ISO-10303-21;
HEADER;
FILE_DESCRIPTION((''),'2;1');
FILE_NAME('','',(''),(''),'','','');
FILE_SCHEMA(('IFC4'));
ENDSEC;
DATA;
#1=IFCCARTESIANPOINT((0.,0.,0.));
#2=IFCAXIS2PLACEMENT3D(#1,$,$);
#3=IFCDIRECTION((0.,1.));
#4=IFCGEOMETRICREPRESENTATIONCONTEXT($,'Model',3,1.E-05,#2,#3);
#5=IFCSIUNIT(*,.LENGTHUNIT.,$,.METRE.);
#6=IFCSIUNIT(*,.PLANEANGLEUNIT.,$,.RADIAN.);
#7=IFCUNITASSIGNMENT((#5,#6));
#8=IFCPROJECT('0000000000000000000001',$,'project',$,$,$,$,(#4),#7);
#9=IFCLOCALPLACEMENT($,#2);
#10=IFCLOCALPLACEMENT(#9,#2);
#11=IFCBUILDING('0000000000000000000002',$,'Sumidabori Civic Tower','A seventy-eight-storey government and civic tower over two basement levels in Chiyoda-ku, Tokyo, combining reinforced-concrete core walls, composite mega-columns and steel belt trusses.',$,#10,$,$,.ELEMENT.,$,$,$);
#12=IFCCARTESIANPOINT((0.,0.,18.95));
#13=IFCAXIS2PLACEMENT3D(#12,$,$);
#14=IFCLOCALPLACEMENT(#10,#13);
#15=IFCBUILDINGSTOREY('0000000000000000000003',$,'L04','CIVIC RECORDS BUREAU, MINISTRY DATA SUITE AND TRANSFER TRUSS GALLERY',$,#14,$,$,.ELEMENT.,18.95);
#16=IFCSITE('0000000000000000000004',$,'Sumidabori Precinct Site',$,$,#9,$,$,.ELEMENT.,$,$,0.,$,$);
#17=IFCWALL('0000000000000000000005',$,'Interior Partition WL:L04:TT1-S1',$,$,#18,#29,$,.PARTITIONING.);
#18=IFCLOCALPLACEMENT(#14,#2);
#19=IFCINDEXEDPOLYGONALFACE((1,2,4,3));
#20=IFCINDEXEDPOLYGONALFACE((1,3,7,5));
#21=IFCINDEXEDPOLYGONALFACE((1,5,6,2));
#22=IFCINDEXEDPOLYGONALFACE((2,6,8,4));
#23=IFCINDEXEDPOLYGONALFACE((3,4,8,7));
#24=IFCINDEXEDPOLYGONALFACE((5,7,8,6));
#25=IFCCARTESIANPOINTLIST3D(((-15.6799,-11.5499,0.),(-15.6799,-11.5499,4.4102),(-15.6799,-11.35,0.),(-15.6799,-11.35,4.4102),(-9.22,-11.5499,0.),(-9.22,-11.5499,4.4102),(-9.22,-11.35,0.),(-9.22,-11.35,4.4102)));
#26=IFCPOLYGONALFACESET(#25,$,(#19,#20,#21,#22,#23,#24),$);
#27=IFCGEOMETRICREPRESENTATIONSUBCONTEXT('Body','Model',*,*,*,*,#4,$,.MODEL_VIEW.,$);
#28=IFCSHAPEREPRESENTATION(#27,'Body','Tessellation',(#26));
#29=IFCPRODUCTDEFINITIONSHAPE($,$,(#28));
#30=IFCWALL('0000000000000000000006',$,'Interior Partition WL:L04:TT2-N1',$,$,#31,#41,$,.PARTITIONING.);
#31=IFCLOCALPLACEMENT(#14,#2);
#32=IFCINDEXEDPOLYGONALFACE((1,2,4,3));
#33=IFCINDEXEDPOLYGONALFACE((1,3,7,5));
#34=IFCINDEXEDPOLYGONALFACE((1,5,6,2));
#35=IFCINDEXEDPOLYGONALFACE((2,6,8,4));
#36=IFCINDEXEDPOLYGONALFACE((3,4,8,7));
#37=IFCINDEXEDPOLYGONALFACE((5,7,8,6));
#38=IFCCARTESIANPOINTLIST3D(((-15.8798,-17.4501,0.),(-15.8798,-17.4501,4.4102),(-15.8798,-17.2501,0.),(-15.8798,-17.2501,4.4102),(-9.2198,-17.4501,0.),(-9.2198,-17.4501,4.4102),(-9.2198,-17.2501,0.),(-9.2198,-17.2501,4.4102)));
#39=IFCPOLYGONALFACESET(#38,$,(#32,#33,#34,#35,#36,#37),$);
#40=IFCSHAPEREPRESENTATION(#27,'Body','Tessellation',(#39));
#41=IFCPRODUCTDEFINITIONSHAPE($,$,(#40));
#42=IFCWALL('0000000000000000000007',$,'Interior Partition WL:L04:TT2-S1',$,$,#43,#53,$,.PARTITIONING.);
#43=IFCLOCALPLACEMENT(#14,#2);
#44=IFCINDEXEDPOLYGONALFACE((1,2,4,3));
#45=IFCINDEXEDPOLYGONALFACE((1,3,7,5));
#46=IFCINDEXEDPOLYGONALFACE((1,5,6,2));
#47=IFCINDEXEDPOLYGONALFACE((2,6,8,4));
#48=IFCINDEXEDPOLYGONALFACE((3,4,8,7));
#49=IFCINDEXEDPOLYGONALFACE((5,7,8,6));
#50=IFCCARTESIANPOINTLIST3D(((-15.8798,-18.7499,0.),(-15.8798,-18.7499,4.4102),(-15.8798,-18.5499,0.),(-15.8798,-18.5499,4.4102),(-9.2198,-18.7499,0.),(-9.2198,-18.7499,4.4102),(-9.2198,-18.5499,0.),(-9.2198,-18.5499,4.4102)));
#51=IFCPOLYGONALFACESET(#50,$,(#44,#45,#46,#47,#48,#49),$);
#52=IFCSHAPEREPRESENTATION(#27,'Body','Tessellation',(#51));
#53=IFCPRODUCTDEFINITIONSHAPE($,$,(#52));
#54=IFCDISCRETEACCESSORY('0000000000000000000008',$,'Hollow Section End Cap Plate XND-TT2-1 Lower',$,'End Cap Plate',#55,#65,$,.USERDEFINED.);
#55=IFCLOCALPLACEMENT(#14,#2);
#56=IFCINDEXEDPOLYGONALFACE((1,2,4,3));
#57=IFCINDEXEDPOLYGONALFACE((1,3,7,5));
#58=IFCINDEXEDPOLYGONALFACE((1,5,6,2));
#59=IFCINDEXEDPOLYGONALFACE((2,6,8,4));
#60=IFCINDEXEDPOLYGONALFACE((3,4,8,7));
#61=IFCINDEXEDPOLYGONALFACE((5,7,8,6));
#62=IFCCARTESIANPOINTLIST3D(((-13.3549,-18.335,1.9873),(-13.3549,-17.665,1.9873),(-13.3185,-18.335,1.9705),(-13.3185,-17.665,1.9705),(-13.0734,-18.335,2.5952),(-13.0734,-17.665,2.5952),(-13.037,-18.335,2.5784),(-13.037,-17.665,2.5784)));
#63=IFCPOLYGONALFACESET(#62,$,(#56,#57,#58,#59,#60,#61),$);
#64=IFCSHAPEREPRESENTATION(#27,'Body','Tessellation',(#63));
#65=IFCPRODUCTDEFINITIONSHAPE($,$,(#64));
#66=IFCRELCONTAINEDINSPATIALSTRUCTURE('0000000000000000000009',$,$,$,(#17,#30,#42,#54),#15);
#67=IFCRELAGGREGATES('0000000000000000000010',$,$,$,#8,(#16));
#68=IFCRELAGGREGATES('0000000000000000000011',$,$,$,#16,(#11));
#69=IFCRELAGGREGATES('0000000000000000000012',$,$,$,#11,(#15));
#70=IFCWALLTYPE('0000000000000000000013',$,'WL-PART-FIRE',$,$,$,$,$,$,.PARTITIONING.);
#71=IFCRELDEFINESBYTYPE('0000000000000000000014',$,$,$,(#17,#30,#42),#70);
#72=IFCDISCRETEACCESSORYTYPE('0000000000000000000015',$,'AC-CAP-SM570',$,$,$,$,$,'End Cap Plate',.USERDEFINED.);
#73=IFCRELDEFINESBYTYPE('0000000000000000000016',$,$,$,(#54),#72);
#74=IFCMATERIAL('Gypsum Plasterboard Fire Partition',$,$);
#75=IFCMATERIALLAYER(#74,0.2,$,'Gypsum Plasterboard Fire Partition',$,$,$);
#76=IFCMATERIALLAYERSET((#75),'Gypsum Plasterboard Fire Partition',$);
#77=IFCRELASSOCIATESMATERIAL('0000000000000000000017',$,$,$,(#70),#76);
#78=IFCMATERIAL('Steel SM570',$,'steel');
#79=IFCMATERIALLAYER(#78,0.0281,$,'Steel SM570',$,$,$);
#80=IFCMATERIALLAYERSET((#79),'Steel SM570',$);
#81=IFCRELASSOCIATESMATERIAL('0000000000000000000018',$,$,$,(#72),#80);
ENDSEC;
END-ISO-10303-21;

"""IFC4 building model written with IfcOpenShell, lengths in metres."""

from ifc_helpers import new_model, si_unit, direction, frame, frame_2d, origin, origin_2d, place, context, subcontext, project, spatial, rectangle, extrude, source, transform, mapped, material, layer, layer_set, type_object, element, save


model = new_model("IFC4")

# Units and contexts
model_context = context("Model", 3, precision=1e-05, world=origin(), true_north=direction((0.0, 1.0)))
body_context = subcontext(model_context, "Body", "Model", "MODEL_VIEW")
ifc_project = project(units=[si_unit("LENGTHUNIT", "METRE"), si_unit("PLANEANGLEUNIT", "RADIAN")], contexts=[model_context])

# Site, building, storey
site_placement = place(None, origin())
site = spatial("IfcSite", under=ifc_project, at=site_placement, Name="Sumidabori Precinct Site", CompositionType="ELEMENT", RefElevation=0.0)
building_placement = place(site_placement, origin())
building = spatial("IfcBuilding", under=site, at=building_placement, Name="Sumidabori Civic Tower", Description="A seventy-eight-storey government and civic tower over two basement levels in Chiyoda-ku, Tokyo, combining reinforced-concrete core walls, composite mega-columns and steel belt trusses.", CompositionType="ELEMENT")
storey_placement = place(building_placement, frame((0.0, 0.0, 18.95)))
storey = spatial("IfcBuildingStorey", under=building, at=storey_placement, Name="L04", Description="CIVIC RECORDS BUREAU, MINISTRY DATA SUITE AND TRANSFER TRUSS GALLERY", CompositionType="ELEMENT", Elevation=18.95)

# Shared definitions
ifc_material_1 = material(Name="Steel SM570", Category="steel")

# Walls
ifc_material_2 = material(Name="Gypsum Plasterboard Fire Partition")
ifc_layer_1 = layer(ifc_material_2, 0.2, Name="Gypsum Plasterboard Fire Partition")
ifc_layer_set_1 = layer_set([ifc_layer_1], Name="Gypsum Plasterboard Fire Partition")
wall_type_1 = type_object("IfcWallType", Name="WL-PART-FIRE", PredefinedType="PARTITIONING", material=ifc_layer_set_1)
shared_shape_1 = source(origin(), body_context, "Body", "SweptSolid", [
    extrude(rectangle(XDim=6.46, YDim=0.2, at=frame_2d((3.23, 0.0))), origin(), (0.0, 0.0, 1.0), 4.4102),
])
for number, where, z_axis, x_axis, name in (
    (1, (-15.6799, -11.45, 0.0), (0.0, 0.0, 1.0), (1.0, 0.0, 0.0), "Interior Partition WL:L04:TT1-S1"),
):
    element("IfcWall", number, at=place(storey_placement, frame(where, z_axis=z_axis, x_axis=x_axis)), inside=storey, type_object=wall_type_1, Name=name, PredefinedType="PARTITIONING", context=body_context, shape_type="MappedRepresentation", body=[
        mapped(shared_shape_1, transform((0.0, 0.0, 0.0), x_axis=(1.0, 0.0, 0.0), y_axis=(0.0, 1.0, 0.0), z_axis=(0.0, 0.0, 1.0), scale=1.0)),
    ])
shared_shape_2 = source(origin(), body_context, "Body", "SweptSolid", [
    extrude(rectangle(XDim=6.6599, YDim=0.2, at=frame_2d((3.3301, 0.0))), origin(), (0.0, 0.0, 1.0), 4.4102),
])
for number, where, z_axis, x_axis, name in (
    (2, (-15.8799, -17.3501, 0.0), (0.0, 0.0, 1.0), (1.0, 0.0, 0.0), "Interior Partition WL:L04:TT2-N1"),
    (3, (-15.8799, -18.6499, 0.0), (0.0, 0.0, 1.0), (1.0, 0.0, 0.0), "Interior Partition WL:L04:TT2-S1"),
):
    element("IfcWall", number, at=place(storey_placement, frame(where, z_axis=z_axis, x_axis=x_axis)), inside=storey, type_object=wall_type_1, Name=name, PredefinedType="PARTITIONING", context=body_context, shape_type="MappedRepresentation", body=[
        mapped(shared_shape_2, transform((0.0, 0.0, 0.0), x_axis=(1.0, 0.0, 0.0), y_axis=(0.0, 1.0, 0.0), z_axis=(0.0, 0.0, 1.0), scale=1.0)),
    ])

# Discrete accessory
ifc_layer_2 = layer(ifc_material_1, 0.0281, Name="Steel SM570")
ifc_layer_set_2 = layer_set([ifc_layer_2], Name="Steel SM570")
discrete_accessory_type = type_object("IfcDiscreteAccessoryType", Name="AC-CAP-SM570", ElementType="End Cap Plate", PredefinedType="USERDEFINED", material=ifc_layer_set_2)
shared_shape_3 = source(origin(), body_context, "Body", "SweptSolid", [
    extrude(rectangle(XDim=0.6699, YDim=0.6699, at=origin_2d()), origin(), (0.0, 0.0, 1.0), 0.04),
])
discrete_accessory_placement = place(storey_placement, frame((-13.2141, -18.0, 2.2913), z_axis=(0.907424, 0.0, -0.420216), x_axis=(0.0, 1.0, 0.0)))
element("IfcDiscreteAccessory", 4, at=discrete_accessory_placement, inside=storey, type_object=discrete_accessory_type, Name="Hollow Section End Cap Plate XND-TT2-1 Lower", ObjectType="End Cap Plate", PredefinedType="USERDEFINED", context=body_context, shape_type="MappedRepresentation", body=[
    mapped(shared_shape_3, transform((0.0, 0.0, 0.0), x_axis=(1.0, 0.0, 0.0), y_axis=(0.0, 1.0, 0.0), z_axis=(0.0, 0.0, 1.0), scale=1.0)),
])

save(model, "model.ifc")
